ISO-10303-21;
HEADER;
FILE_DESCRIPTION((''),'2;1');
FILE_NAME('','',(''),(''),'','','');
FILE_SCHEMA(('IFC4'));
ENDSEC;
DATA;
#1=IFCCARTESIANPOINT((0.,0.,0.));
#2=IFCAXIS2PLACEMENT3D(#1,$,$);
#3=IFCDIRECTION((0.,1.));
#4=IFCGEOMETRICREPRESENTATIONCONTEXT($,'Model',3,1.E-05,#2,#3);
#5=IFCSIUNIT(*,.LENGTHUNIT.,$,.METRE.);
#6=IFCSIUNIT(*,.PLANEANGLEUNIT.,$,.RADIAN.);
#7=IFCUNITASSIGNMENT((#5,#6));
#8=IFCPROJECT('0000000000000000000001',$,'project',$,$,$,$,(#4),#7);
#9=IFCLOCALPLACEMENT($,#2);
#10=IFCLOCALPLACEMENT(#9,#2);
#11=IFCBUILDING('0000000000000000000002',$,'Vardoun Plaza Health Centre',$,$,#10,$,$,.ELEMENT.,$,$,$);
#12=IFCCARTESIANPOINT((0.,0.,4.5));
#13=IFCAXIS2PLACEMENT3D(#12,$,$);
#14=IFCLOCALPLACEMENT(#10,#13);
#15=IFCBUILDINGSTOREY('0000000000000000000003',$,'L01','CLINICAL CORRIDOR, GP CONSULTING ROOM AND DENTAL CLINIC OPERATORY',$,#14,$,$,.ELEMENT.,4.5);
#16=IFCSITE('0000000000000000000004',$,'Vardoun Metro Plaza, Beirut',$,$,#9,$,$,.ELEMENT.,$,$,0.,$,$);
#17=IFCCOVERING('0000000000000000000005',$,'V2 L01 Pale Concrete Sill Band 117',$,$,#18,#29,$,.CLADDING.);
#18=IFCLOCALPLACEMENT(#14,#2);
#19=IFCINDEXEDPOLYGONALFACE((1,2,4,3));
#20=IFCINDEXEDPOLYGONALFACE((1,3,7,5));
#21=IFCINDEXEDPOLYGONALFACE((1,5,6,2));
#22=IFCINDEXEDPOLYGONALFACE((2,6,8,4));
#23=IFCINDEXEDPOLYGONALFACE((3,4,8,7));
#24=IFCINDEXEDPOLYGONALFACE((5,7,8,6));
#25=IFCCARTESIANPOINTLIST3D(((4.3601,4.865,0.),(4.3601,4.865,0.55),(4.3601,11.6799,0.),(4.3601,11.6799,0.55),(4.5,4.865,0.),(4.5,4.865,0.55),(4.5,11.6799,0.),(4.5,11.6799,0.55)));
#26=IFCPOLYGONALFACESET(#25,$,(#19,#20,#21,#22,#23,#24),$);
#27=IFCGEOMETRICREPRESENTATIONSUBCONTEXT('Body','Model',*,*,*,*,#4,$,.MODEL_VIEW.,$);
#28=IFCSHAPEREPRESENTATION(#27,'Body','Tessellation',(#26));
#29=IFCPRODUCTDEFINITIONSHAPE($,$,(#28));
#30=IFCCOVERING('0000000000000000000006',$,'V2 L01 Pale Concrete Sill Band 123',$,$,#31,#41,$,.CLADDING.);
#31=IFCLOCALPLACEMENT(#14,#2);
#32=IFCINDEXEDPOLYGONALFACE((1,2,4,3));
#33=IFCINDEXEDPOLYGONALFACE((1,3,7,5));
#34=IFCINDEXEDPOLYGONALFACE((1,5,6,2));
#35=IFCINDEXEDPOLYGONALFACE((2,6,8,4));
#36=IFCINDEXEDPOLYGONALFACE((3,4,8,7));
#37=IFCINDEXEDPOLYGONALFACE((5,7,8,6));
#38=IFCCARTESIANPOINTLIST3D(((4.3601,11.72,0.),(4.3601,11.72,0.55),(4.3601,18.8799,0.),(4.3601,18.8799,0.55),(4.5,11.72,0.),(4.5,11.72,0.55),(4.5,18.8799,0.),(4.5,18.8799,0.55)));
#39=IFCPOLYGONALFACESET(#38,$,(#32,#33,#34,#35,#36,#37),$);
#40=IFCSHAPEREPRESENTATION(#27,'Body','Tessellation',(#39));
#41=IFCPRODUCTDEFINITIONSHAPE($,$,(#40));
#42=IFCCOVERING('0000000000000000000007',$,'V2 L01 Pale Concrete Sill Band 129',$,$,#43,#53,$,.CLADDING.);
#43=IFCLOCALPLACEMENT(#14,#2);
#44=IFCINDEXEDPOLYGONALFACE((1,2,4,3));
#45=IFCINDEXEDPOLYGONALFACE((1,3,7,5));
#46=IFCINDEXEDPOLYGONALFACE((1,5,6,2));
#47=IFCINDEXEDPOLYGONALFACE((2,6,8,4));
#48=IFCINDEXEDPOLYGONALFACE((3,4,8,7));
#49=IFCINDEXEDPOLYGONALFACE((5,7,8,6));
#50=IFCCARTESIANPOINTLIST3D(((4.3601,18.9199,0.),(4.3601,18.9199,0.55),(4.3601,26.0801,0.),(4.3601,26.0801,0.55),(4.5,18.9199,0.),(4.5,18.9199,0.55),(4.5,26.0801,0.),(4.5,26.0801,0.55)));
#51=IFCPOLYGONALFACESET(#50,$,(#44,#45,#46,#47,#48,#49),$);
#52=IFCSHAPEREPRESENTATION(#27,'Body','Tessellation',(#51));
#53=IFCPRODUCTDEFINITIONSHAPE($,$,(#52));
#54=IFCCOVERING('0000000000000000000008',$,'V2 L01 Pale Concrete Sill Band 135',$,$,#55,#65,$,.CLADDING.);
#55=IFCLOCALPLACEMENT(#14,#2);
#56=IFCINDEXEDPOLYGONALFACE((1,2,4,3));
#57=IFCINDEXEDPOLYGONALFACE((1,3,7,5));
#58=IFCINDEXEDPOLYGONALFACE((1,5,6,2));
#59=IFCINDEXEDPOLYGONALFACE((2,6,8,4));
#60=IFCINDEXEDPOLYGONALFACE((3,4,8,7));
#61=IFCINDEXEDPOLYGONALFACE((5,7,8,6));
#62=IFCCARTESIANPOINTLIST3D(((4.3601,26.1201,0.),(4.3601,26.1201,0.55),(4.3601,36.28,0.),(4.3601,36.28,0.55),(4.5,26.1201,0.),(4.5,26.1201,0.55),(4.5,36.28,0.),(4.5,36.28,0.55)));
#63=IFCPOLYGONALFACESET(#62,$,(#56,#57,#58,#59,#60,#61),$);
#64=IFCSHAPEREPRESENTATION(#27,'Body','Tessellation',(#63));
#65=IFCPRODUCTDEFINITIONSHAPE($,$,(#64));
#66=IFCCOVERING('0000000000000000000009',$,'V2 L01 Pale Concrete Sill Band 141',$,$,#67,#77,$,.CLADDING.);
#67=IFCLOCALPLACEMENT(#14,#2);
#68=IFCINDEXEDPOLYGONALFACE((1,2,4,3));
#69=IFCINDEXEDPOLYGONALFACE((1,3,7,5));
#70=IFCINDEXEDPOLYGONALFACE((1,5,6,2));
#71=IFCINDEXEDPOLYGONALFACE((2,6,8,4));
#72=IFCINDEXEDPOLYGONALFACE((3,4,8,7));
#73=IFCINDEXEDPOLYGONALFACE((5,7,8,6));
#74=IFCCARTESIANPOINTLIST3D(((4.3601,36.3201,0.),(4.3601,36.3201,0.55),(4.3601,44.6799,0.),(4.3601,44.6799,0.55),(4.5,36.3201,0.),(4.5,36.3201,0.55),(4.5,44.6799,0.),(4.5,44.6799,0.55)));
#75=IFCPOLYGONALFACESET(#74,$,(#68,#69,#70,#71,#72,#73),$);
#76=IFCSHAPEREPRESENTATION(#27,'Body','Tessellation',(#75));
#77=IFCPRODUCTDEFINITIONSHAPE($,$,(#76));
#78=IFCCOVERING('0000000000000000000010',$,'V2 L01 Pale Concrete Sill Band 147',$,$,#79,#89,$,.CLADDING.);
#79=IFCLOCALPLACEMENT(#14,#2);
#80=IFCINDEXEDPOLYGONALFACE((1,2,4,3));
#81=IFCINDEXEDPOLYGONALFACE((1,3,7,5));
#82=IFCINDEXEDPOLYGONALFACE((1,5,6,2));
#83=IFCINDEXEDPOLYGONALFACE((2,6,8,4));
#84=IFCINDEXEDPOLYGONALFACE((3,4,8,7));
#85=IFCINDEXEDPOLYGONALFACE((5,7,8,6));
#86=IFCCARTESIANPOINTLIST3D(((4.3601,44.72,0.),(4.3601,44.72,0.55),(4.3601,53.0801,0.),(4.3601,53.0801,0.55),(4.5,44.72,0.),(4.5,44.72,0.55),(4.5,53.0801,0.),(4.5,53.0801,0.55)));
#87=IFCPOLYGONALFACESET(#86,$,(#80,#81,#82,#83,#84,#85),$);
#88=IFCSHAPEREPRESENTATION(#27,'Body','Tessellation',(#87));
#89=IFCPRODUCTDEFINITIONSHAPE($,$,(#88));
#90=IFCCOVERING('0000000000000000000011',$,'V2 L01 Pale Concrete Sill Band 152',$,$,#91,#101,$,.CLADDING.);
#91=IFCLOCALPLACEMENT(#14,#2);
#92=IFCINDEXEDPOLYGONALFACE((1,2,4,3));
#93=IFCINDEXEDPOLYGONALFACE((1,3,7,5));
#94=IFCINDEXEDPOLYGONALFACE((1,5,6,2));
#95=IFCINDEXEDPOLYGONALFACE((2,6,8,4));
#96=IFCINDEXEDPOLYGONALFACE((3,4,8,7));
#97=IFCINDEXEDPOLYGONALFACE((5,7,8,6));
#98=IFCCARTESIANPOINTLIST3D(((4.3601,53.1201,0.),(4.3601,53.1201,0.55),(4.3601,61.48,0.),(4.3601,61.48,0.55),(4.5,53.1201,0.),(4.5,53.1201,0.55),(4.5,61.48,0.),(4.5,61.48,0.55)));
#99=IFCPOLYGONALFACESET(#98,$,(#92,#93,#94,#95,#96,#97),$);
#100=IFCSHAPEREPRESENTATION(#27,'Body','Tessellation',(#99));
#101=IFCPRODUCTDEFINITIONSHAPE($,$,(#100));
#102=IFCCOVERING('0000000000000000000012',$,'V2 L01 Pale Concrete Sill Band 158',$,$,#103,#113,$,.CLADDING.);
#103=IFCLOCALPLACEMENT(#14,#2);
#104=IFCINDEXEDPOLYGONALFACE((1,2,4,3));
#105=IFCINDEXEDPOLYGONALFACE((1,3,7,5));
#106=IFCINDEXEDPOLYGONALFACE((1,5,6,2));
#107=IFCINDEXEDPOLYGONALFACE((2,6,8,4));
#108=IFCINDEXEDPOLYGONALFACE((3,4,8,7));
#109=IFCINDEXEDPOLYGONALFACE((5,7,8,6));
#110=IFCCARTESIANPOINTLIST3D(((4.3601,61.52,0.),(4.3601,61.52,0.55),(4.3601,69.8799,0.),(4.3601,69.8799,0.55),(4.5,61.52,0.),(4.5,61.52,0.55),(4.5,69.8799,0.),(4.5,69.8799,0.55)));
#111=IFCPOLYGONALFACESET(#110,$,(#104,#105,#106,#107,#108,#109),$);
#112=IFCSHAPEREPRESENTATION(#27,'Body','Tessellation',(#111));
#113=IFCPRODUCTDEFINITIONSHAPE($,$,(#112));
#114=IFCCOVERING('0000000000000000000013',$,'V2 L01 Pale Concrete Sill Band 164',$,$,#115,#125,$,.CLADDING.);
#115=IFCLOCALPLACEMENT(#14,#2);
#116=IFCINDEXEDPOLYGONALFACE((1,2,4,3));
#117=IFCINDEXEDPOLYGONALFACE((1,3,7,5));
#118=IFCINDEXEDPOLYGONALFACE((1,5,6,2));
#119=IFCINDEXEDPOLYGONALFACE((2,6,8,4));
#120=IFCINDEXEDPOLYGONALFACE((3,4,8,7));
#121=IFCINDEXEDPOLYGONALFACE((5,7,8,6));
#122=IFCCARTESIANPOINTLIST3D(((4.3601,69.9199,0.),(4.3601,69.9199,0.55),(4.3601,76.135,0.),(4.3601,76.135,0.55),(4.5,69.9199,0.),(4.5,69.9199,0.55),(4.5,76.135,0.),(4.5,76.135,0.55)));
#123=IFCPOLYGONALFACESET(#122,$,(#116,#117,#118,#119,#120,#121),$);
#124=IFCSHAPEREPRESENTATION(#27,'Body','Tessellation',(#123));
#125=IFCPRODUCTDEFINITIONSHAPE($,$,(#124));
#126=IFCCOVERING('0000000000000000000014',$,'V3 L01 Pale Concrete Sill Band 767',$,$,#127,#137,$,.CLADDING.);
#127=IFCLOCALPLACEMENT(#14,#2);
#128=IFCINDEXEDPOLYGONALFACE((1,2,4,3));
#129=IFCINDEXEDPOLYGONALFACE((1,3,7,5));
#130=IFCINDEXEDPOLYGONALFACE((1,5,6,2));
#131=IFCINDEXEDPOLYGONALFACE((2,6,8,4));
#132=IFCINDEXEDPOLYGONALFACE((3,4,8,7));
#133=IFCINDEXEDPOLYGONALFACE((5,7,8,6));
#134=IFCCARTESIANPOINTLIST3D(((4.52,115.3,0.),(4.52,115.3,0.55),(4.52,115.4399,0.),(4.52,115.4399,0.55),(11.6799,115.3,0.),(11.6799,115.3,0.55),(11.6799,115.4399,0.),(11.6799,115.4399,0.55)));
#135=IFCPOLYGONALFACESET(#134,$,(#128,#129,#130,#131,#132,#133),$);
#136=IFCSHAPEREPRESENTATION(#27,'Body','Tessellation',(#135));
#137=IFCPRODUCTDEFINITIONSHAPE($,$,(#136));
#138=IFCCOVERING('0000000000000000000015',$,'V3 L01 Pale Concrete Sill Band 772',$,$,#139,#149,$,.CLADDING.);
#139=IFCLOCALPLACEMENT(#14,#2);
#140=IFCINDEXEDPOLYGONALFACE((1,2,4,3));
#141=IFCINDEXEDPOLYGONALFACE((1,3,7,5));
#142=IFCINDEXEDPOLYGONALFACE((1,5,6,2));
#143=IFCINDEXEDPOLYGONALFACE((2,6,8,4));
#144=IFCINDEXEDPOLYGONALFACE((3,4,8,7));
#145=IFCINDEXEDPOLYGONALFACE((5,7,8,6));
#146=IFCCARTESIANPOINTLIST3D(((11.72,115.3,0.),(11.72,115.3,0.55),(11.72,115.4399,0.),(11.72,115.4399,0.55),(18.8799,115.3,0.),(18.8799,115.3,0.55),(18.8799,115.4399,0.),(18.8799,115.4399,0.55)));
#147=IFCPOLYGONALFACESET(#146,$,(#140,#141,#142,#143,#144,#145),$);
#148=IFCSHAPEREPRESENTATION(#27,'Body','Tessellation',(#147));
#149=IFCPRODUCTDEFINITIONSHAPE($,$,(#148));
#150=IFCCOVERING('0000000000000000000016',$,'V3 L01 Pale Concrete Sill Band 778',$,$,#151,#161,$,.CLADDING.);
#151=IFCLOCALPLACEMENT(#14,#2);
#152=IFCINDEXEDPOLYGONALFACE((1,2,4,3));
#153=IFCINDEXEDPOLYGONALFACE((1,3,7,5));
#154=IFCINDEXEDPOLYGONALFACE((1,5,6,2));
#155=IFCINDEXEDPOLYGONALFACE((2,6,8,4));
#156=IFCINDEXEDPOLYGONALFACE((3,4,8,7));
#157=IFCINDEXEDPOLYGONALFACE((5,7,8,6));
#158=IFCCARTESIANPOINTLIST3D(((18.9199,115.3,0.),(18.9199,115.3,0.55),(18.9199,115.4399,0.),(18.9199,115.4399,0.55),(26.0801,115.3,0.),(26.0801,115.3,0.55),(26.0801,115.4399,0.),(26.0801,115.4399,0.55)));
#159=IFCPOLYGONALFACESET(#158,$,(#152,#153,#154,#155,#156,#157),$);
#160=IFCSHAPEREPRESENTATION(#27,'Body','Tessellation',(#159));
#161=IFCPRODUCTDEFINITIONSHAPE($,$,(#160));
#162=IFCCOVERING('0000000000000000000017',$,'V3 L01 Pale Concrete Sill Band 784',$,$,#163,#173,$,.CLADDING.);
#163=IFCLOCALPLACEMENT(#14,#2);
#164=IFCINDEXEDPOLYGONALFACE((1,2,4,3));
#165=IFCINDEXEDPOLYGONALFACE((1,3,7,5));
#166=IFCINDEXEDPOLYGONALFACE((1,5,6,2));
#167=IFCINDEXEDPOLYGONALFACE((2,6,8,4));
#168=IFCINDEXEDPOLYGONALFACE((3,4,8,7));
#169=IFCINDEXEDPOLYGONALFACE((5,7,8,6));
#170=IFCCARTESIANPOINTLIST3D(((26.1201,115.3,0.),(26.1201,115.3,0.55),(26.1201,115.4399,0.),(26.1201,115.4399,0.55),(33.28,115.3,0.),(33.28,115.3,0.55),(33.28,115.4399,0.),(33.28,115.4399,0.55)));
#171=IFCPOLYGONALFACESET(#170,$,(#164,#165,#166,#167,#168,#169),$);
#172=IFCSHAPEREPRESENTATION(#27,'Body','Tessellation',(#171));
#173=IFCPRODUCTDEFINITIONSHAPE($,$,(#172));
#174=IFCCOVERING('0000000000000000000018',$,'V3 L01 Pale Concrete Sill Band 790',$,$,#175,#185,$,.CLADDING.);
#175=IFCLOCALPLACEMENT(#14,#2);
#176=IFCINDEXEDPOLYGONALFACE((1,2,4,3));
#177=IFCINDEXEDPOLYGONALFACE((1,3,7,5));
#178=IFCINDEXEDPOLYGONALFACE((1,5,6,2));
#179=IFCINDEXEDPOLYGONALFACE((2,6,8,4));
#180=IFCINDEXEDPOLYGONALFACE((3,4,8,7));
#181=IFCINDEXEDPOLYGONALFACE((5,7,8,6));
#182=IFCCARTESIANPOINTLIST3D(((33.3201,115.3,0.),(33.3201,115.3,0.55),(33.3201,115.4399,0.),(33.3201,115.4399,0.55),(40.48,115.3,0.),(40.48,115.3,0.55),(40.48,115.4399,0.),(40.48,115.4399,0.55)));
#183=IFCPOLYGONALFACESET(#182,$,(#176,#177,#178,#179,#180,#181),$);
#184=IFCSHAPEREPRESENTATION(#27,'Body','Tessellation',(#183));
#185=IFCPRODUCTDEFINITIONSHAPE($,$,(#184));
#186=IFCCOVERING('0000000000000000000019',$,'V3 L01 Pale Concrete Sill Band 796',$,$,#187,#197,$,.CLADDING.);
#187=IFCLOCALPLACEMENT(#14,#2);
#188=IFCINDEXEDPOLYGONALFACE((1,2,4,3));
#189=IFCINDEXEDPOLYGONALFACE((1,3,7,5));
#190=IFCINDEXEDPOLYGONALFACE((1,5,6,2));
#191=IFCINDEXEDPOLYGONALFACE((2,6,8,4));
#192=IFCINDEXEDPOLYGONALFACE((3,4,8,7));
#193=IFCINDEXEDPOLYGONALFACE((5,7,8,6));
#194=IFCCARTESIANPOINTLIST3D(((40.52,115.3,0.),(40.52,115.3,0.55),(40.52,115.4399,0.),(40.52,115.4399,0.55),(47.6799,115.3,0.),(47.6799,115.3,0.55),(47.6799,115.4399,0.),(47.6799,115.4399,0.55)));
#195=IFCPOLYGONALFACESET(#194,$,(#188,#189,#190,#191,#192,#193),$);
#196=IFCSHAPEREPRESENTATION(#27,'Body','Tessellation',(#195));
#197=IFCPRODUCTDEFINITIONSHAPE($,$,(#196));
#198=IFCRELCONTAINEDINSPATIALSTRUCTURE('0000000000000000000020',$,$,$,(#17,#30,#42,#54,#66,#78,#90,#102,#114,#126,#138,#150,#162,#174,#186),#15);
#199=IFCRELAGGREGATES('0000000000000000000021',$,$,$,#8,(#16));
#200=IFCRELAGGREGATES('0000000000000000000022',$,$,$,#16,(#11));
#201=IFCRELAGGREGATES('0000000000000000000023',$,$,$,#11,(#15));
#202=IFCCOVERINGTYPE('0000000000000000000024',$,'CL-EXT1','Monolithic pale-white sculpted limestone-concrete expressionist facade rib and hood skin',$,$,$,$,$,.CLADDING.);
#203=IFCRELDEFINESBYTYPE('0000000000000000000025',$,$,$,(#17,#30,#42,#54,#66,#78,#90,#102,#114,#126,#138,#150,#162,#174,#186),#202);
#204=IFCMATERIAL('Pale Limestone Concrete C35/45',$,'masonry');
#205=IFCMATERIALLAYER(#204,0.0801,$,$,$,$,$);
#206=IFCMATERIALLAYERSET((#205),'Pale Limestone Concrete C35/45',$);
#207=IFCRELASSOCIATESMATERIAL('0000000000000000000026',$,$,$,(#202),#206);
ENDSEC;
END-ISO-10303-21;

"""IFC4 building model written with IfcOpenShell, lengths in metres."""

from ifc_helpers import new_model, si_unit, direction, frame, origin, place, context, subcontext, project, spatial, polyline, outline, extrude, material, layer, layer_set, type_object, element, save


model = new_model("IFC4")

# Units and contexts
model_context = context("Model", 3, precision=1e-05, world=origin(), true_north=direction((0.0, 1.0)))
body_context = subcontext(model_context, "Body", "Model", "MODEL_VIEW")
ifc_project = project(units=[si_unit("LENGTHUNIT", "METRE"), si_unit("PLANEANGLEUNIT", "RADIAN")], contexts=[model_context])

# Site, building, storey
site_placement = place(None, origin())
site = spatial("IfcSite", under=ifc_project, at=site_placement, Name="Vardoun Metro Plaza, Beirut", CompositionType="ELEMENT", RefElevation=0.0)
building_placement = place(site_placement, origin())
building = spatial("IfcBuilding", under=site, at=building_placement, Name="Vardoun Plaza Health Centre", CompositionType="ELEMENT")
storey_placement = place(building_placement, frame((0.0, 0.0, 4.5)))
storey = spatial("IfcBuildingStorey", under=building, at=storey_placement, Name="L01", Description="CLINICAL CORRIDOR, GP CONSULTING ROOM AND DENTAL CLINIC OPERATORY", CompositionType="ELEMENT", Elevation=4.5)

# Coverings
ifc_material = material(Name="Pale Limestone Concrete C35/45", Category="masonry")
ifc_layer = layer(ifc_material, 0.0801)
ifc_layer_set = layer_set([ifc_layer], Name="Pale Limestone Concrete C35/45")
covering_type = type_object("IfcCoveringType", Name="CL-EXT1", Description="Monolithic pale-white sculpted limestone-concrete expressionist facade rib and hood skin", PredefinedType="CLADDING", material=ifc_layer_set)
covering_1_placement = place(storey_placement, origin())
element("IfcCovering", 1, at=covering_1_placement, inside=storey, type_object=covering_type, Name="V2 L01 Pale Concrete Sill Band 117", PredefinedType="CLADDING", context=body_context, shape_type="SweptSolid", body=[
    extrude(outline(polyline([(4.5, 4.865), (4.5, 11.6799), (4.3601, 11.6799), (4.3601, 4.865), (4.5, 4.865)])), origin(), (0.0, 0.0, 1.0), 0.55),
])
covering_2_placement = place(storey_placement, origin())
element("IfcCovering", 2, at=covering_2_placement, inside=storey, type_object=covering_type, Name="V2 L01 Pale Concrete Sill Band 123", PredefinedType="CLADDING", context=body_context, shape_type="SweptSolid", body=[
    extrude(outline(polyline([(4.5, 11.72), (4.5, 18.8799), (4.3601, 18.8799), (4.3601, 11.72), (4.5, 11.72)])), origin(), (0.0, 0.0, 1.0), 0.55),
])
covering_3_placement = place(storey_placement, origin())
element("IfcCovering", 3, at=covering_3_placement, inside=storey, type_object=covering_type, Name="V2 L01 Pale Concrete Sill Band 129", PredefinedType="CLADDING", context=body_context, shape_type="SweptSolid", body=[
    extrude(outline(polyline([(4.5, 18.9199), (4.5, 26.0801), (4.3601, 26.0801), (4.3601, 18.9199), (4.5, 18.9199)])), origin(), (0.0, 0.0, 1.0), 0.55),
])
covering_4_placement = place(storey_placement, origin())
element("IfcCovering", 4, at=covering_4_placement, inside=storey, type_object=covering_type, Name="V2 L01 Pale Concrete Sill Band 135", PredefinedType="CLADDING", context=body_context, shape_type="SweptSolid", body=[
    extrude(outline(polyline([(4.5, 26.1201), (4.5, 36.28), (4.3601, 36.28), (4.3601, 26.1201), (4.5, 26.1201)])), origin(), (0.0, 0.0, 1.0), 0.55),
])
covering_5_placement = place(storey_placement, origin())
element("IfcCovering", 5, at=covering_5_placement, inside=storey, type_object=covering_type, Name="V2 L01 Pale Concrete Sill Band 141", PredefinedType="CLADDING", context=body_context, shape_type="SweptSolid", body=[
    extrude(outline(polyline([(4.5, 36.3201), (4.5, 44.6799), (4.3601, 44.6799), (4.3601, 36.3201), (4.5, 36.3201)])), origin(), (0.0, 0.0, 1.0), 0.55),
])
covering_6_placement = place(storey_placement, origin())
element("IfcCovering", 6, at=covering_6_placement, inside=storey, type_object=covering_type, Name="V2 L01 Pale Concrete Sill Band 147", PredefinedType="CLADDING", context=body_context, shape_type="SweptSolid", body=[
    extrude(outline(polyline([(4.5, 44.72), (4.5, 53.0801), (4.3601, 53.0801), (4.3601, 44.72), (4.5, 44.72)])), origin(), (0.0, 0.0, 1.0), 0.55),
])
covering_7_placement = place(storey_placement, origin())
element("IfcCovering", 7, at=covering_7_placement, inside=storey, type_object=covering_type, Name="V2 L01 Pale Concrete Sill Band 152", PredefinedType="CLADDING", context=body_context, shape_type="SweptSolid", body=[
    extrude(outline(polyline([(4.5, 53.1201), (4.5, 61.48), (4.3601, 61.48), (4.3601, 53.1201), (4.5, 53.1201)])), origin(), (0.0, 0.0, 1.0), 0.55),
])
covering_8_placement = place(storey_placement, origin())
element("IfcCovering", 8, at=covering_8_placement, inside=storey, type_object=covering_type, Name="V2 L01 Pale Concrete Sill Band 158", PredefinedType="CLADDING", context=body_context, shape_type="SweptSolid", body=[
    extrude(outline(polyline([(4.5, 61.52), (4.5, 69.8799), (4.3601, 69.8799), (4.3601, 61.52), (4.5, 61.52)])), origin(), (0.0, 0.0, 1.0), 0.55),
])
covering_9_placement = place(storey_placement, origin())
element("IfcCovering", 9, at=covering_9_placement, inside=storey, type_object=covering_type, Name="V2 L01 Pale Concrete Sill Band 164", PredefinedType="CLADDING", context=body_context, shape_type="SweptSolid", body=[
    extrude(outline(polyline([(4.5, 69.9199), (4.5, 76.135), (4.3601, 76.135), (4.3601, 69.9199), (4.5, 69.9199)])), origin(), (0.0, 0.0, 1.0), 0.55),
])
covering_10_placement = place(storey_placement, origin())
element("IfcCovering", 10, at=covering_10_placement, inside=storey, type_object=covering_type, Name="V3 L01 Pale Concrete Sill Band 767", PredefinedType="CLADDING", context=body_context, shape_type="SweptSolid", body=[
    extrude(outline(polyline([(4.52, 115.3), (11.6799, 115.3), (11.6799, 115.4399), (4.52, 115.4399), (4.52, 115.3)])), origin(), (0.0, 0.0, 1.0), 0.55),
])
covering_11_placement = place(storey_placement, origin())
element("IfcCovering", 11, at=covering_11_placement, inside=storey, type_object=covering_type, Name="V3 L01 Pale Concrete Sill Band 772", PredefinedType="CLADDING", context=body_context, shape_type="SweptSolid", body=[
    extrude(outline(polyline([(11.72, 115.3), (18.8799, 115.3), (18.8799, 115.4399), (11.72, 115.4399), (11.72, 115.3)])), origin(), (0.0, 0.0, 1.0), 0.55),
])
covering_12_placement = place(storey_placement, origin())
element("IfcCovering", 12, at=covering_12_placement, inside=storey, type_object=covering_type, Name="V3 L01 Pale Concrete Sill Band 778", PredefinedType="CLADDING", context=body_context, shape_type="SweptSolid", body=[
    extrude(outline(polyline([(18.9199, 115.3), (26.0801, 115.3), (26.0801, 115.4399), (18.9199, 115.4399), (18.9199, 115.3)])), origin(), (0.0, 0.0, 1.0), 0.55),
])
covering_13_placement = place(storey_placement, origin())
element("IfcCovering", 13, at=covering_13_placement, inside=storey, type_object=covering_type, Name="V3 L01 Pale Concrete Sill Band 784", PredefinedType="CLADDING", context=body_context, shape_type="SweptSolid", body=[
    extrude(outline(polyline([(26.1201, 115.3), (33.28, 115.3), (33.28, 115.4399), (26.1201, 115.4399), (26.1201, 115.3)])), origin(), (0.0, 0.0, 1.0), 0.55),
])
covering_14_placement = place(storey_placement, origin())
element("IfcCovering", 14, at=covering_14_placement, inside=storey, type_object=covering_type, Name="V3 L01 Pale Concrete Sill Band 790", PredefinedType="CLADDING", context=body_context, shape_type="SweptSolid", body=[
    extrude(outline(polyline([(33.3201, 115.3), (40.48, 115.3), (40.48, 115.4399), (33.3201, 115.4399), (33.3201, 115.3)])), origin(), (0.0, 0.0, 1.0), 0.55),
])
covering_15_placement = place(storey_placement, origin())
element("IfcCovering", 15, at=covering_15_placement, inside=storey, type_object=covering_type, Name="V3 L01 Pale Concrete Sill Band 796", PredefinedType="CLADDING", context=body_context, shape_type="SweptSolid", body=[
    extrude(outline(polyline([(40.52, 115.3), (47.6799, 115.3), (47.6799, 115.4399), (40.52, 115.4399), (40.52, 115.3)])), origin(), (0.0, 0.0, 1.0), 0.55),
])

save(model, "model.ifc")
